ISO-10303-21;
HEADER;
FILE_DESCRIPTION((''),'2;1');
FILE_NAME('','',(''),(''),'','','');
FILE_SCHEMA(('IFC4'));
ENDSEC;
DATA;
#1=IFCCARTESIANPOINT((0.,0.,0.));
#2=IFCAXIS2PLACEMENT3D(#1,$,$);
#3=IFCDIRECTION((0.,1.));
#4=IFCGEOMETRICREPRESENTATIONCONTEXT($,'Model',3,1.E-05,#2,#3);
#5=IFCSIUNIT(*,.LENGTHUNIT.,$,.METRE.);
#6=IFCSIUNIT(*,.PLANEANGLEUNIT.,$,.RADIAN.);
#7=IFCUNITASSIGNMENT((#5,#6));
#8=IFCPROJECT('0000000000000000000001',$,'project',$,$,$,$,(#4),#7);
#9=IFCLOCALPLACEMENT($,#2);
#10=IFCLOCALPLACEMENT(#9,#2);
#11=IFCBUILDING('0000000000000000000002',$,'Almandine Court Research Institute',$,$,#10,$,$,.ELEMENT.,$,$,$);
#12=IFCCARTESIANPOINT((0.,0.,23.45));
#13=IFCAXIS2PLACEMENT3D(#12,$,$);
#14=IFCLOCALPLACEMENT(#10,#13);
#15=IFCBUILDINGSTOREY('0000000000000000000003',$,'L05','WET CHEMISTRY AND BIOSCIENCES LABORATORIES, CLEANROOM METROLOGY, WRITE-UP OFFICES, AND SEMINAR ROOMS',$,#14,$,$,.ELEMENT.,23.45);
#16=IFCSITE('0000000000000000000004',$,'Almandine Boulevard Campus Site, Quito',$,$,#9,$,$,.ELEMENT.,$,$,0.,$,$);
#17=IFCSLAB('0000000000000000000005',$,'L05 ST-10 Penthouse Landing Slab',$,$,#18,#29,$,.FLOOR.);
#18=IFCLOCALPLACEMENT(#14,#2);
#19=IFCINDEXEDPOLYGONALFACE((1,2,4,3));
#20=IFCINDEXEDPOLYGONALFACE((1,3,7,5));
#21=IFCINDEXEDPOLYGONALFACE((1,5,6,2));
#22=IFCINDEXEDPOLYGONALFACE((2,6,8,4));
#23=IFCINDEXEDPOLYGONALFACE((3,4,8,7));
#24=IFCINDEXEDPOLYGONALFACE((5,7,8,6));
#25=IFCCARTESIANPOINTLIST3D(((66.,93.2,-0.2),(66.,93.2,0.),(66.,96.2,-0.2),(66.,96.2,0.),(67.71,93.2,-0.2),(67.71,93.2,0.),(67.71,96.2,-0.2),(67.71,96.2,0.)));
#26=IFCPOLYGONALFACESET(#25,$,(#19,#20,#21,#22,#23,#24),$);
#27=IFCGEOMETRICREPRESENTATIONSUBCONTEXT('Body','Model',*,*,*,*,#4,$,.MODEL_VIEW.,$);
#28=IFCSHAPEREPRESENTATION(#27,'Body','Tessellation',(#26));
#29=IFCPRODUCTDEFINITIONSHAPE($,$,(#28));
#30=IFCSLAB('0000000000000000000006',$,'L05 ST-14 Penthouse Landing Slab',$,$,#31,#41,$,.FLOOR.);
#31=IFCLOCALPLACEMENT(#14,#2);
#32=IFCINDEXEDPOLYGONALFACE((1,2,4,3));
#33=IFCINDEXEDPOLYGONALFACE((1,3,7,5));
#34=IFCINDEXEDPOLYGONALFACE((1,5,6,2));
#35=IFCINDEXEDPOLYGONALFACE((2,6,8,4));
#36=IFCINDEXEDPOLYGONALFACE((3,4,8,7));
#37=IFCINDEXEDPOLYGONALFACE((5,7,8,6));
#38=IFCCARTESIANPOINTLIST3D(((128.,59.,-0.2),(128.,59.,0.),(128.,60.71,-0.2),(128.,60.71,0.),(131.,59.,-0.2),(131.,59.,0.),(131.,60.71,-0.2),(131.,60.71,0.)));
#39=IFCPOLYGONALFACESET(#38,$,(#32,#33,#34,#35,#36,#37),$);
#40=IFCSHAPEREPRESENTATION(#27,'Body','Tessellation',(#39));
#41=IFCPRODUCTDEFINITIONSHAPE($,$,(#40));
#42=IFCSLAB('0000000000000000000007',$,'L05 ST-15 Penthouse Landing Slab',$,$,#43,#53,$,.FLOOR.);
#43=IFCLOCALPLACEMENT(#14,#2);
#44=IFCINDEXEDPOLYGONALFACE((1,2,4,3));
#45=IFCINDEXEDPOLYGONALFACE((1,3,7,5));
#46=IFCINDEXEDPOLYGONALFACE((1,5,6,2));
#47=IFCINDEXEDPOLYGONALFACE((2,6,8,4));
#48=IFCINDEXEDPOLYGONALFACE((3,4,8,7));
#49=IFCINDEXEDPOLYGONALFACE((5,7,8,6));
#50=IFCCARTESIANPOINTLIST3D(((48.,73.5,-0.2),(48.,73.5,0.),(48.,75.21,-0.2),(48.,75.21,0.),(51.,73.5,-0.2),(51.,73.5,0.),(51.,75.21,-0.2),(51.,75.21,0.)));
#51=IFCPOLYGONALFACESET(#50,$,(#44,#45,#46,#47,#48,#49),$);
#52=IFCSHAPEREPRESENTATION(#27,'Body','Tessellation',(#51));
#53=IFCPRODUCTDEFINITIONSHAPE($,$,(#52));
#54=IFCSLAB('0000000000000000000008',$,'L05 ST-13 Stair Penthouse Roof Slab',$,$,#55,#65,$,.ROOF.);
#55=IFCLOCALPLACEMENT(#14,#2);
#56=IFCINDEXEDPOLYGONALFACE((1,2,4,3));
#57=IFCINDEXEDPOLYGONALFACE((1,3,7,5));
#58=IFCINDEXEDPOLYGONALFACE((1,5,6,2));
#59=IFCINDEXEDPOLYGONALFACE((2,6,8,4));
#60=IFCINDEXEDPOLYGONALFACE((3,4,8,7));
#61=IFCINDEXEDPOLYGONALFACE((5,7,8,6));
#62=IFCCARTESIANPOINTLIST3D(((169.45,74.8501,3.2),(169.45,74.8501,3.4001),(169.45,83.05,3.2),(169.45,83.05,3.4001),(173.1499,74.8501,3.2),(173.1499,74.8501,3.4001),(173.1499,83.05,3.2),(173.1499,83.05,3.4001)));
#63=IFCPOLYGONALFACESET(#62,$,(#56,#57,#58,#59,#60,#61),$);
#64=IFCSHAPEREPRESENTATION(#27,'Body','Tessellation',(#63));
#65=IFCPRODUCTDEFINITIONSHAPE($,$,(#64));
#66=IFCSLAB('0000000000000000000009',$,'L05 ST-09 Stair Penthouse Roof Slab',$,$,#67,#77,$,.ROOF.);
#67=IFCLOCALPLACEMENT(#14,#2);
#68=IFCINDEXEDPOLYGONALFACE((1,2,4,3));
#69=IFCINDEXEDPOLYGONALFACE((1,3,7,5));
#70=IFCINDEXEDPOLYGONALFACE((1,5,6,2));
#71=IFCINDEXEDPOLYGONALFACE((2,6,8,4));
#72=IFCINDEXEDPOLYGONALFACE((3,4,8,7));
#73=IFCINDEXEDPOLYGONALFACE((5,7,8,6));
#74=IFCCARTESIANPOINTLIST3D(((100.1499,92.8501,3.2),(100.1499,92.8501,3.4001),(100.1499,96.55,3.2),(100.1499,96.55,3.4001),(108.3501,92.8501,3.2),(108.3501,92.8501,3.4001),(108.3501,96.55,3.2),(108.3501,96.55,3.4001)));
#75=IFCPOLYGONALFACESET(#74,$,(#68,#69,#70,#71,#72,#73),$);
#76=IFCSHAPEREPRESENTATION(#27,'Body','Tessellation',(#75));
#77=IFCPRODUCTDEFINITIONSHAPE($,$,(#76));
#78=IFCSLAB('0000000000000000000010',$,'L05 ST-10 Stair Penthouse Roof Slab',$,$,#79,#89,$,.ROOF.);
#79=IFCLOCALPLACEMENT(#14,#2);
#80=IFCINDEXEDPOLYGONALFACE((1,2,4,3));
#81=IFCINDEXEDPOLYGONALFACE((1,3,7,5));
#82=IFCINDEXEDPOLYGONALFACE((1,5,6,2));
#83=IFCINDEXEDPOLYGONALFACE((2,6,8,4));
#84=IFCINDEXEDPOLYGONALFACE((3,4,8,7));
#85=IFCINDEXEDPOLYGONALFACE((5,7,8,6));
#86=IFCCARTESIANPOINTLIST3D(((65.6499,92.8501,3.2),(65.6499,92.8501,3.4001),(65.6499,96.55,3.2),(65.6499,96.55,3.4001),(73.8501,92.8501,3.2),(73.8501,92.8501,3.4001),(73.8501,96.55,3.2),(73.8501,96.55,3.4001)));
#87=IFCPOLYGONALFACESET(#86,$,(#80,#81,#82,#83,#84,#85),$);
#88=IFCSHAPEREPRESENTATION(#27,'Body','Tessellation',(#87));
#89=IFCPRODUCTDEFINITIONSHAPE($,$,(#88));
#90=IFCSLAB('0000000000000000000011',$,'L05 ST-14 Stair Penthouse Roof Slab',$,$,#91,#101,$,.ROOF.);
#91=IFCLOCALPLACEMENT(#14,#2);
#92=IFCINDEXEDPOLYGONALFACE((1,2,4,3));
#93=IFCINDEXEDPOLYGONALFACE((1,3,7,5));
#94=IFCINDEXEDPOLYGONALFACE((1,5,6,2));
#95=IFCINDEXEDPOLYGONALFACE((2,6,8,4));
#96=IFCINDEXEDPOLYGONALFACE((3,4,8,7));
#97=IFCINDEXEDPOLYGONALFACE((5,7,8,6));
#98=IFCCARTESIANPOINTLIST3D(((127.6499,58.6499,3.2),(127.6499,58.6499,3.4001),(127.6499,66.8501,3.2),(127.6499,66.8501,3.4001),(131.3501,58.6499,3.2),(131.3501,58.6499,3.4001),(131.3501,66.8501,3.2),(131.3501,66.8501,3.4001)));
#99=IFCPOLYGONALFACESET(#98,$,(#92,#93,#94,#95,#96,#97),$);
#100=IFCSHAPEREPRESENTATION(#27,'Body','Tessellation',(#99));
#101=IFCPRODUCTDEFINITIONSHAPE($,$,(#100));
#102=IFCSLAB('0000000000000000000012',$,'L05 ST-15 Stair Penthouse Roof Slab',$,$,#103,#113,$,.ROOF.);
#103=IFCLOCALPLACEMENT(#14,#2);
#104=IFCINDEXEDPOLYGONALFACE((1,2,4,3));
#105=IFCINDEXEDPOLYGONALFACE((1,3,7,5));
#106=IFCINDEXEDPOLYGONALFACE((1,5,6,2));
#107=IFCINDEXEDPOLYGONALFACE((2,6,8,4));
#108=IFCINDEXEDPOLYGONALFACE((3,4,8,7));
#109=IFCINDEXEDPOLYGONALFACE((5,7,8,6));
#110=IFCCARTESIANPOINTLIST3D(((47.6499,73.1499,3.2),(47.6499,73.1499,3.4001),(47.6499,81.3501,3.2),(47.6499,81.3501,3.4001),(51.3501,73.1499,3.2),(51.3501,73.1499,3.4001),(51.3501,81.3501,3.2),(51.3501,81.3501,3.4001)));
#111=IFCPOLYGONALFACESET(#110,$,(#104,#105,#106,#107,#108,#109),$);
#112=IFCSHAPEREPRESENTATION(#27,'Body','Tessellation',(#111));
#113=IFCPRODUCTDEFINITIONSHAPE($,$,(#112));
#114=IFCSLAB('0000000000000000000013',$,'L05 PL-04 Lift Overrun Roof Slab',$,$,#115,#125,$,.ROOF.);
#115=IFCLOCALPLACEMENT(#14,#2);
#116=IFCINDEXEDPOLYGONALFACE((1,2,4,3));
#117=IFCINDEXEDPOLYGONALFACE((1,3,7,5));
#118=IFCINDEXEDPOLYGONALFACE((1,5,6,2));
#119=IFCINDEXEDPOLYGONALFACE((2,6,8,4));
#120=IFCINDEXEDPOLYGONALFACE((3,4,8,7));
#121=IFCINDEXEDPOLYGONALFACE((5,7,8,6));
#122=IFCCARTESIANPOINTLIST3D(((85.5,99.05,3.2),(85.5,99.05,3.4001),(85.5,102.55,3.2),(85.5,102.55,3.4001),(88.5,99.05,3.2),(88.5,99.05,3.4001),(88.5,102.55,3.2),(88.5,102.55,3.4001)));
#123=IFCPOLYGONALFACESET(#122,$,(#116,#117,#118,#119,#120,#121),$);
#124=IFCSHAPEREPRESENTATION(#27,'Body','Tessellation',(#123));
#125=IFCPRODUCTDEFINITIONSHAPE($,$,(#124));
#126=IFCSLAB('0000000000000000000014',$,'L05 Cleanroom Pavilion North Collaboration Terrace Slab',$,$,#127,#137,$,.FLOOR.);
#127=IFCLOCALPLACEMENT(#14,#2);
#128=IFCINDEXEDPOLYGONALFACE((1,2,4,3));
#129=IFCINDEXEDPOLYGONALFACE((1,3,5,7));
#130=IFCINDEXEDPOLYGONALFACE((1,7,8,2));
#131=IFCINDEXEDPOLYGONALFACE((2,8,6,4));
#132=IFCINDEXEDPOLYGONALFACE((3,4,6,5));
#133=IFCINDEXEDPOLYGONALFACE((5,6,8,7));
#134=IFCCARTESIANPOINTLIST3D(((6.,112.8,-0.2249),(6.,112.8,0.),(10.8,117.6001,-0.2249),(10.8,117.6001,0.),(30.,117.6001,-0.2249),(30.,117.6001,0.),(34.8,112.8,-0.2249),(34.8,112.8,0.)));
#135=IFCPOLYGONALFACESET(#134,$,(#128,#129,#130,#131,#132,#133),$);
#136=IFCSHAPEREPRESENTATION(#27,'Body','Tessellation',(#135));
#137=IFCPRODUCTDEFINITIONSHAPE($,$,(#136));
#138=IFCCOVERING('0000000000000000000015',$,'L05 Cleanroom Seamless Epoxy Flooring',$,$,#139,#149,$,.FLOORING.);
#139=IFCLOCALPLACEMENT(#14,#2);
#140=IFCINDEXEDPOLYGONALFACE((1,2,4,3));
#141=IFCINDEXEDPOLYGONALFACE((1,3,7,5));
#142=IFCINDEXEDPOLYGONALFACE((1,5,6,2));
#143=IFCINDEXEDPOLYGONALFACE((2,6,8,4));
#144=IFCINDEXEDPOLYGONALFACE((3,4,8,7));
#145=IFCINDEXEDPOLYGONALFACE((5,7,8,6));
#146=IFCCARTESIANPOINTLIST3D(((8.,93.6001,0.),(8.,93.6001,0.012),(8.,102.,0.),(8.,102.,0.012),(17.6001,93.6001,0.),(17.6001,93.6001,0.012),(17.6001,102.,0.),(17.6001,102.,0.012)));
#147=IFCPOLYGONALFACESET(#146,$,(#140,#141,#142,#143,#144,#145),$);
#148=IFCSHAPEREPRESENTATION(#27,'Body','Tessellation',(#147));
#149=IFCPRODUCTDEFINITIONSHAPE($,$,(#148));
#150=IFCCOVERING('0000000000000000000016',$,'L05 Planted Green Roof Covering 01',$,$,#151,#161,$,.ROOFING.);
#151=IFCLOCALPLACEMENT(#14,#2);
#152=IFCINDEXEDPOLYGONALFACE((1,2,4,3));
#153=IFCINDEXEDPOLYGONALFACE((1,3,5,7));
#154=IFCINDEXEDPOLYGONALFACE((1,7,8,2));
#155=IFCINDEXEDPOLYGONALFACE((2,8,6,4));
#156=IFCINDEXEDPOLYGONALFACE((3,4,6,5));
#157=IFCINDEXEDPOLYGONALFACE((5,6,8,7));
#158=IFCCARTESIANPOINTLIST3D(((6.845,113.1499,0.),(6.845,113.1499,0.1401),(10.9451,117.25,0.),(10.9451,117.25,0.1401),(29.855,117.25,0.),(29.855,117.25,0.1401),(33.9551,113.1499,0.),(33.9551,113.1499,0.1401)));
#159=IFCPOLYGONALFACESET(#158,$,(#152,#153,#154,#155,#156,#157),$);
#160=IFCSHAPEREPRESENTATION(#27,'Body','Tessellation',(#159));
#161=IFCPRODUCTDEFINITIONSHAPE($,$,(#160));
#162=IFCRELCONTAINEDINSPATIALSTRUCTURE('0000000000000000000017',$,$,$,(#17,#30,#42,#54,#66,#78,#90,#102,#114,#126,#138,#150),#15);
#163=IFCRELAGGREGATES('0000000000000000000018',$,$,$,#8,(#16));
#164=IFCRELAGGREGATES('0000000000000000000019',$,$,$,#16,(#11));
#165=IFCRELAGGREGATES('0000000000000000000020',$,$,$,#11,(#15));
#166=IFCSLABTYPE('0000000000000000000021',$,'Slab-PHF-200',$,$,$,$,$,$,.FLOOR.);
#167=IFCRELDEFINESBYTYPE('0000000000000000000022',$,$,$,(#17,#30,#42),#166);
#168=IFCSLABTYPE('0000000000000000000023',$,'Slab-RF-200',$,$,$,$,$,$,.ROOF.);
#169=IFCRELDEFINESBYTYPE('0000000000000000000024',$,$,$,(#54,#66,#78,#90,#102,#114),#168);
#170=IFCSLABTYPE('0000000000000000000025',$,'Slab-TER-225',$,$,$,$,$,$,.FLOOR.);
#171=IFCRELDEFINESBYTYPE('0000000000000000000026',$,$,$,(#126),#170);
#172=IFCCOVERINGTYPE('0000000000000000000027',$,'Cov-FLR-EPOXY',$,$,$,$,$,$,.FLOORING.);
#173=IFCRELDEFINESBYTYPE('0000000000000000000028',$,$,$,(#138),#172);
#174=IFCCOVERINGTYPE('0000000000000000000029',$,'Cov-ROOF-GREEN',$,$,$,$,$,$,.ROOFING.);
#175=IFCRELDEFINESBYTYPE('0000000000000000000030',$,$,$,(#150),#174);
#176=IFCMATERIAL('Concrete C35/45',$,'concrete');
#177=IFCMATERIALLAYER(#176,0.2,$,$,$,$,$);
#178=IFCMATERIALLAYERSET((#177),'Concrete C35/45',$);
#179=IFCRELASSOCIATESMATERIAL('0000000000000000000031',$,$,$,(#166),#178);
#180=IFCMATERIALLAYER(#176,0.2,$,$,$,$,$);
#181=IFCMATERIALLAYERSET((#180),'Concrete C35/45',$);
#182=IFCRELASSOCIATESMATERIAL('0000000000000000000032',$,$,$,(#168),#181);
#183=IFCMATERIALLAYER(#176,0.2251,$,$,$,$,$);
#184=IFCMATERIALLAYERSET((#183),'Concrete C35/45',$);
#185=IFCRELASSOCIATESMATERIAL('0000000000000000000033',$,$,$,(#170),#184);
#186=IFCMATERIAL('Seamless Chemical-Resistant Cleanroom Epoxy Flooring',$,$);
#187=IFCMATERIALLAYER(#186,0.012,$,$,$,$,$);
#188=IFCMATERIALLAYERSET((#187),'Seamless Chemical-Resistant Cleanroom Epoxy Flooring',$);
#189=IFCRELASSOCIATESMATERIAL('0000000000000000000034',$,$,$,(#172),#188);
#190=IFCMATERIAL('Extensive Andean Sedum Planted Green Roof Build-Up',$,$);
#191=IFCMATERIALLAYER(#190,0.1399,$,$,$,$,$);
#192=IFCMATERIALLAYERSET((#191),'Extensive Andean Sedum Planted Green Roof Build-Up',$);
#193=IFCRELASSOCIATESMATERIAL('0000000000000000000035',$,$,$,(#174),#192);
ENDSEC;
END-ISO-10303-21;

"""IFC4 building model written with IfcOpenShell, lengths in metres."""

from ifc_helpers import new_model, si_unit, direction, frame, origin, place, context, subcontext, project, spatial, polyline, outline, extrude, material, layer, layer_set, type_object, element, save


model = new_model("IFC4")

# Units and contexts
model_context = context("Model", 3, precision=1e-05, world=origin(), true_north=direction((0.0, 1.0)))
body_context = subcontext(model_context, "Body", "Model", "MODEL_VIEW")
ifc_project = project(units=[si_unit("LENGTHUNIT", "METRE"), si_unit("PLANEANGLEUNIT", "RADIAN")], contexts=[model_context])

# Site, building, storey
site_placement = place(None, origin())
site = spatial("IfcSite", under=ifc_project, at=site_placement, Name="Almandine Boulevard Campus Site, Quito", CompositionType="ELEMENT", RefElevation=0.0)
building_placement = place(site_placement, origin())
building = spatial("IfcBuilding", under=site, at=building_placement, Name="Almandine Court Research Institute", CompositionType="ELEMENT")
storey_placement = place(building_placement, frame((0.0, 0.0, 23.45)))
storey = spatial("IfcBuildingStorey", under=building, at=storey_placement, Name="L05", Description="WET CHEMISTRY AND BIOSCIENCES LABORATORIES, CLEANROOM METROLOGY, WRITE-UP OFFICES, AND SEMINAR ROOMS", CompositionType="ELEMENT", Elevation=23.45)

# Shared definitions
ifc_material_1 = material(Name="Concrete C35/45", Category="concrete")

# Slabs
ifc_layer_1 = layer(ifc_material_1, 0.2)
ifc_layer_set_1 = layer_set([ifc_layer_1], Name="Concrete C35/45")
slab_type_1 = type_object("IfcSlabType", Name="Slab-PHF-200", PredefinedType="FLOOR", material=ifc_layer_set_1)
slab_1_placement = place(storey_placement, frame((0.0, 0.0, -0.2)))
element("IfcSlab", 1, at=slab_1_placement, inside=storey, type_object=slab_type_1, Name="L05 ST-10 Penthouse Landing Slab", PredefinedType="FLOOR", context=body_context, shape_type="SweptSolid", body=[
    extrude(outline(polyline([(66.0, 93.2), (67.71, 93.2), (67.71, 96.2), (66.0, 96.2), (66.0, 93.2)])), origin(), (0.0, 0.0, 1.0), 0.2),
])
slab_2_placement = place(storey_placement, frame((0.0, 0.0, -0.2)))
element("IfcSlab", 2, at=slab_2_placement, inside=storey, type_object=slab_type_1, Name="L05 ST-14 Penthouse Landing Slab", PredefinedType="FLOOR", context=body_context, shape_type="SweptSolid", body=[
    extrude(outline(polyline([(131.0, 59.0), (131.0, 60.71), (128.0, 60.71), (128.0, 59.0), (131.0, 59.0)])), origin(), (0.0, 0.0, 1.0), 0.2),
])
slab_3_placement = place(storey_placement, frame((0.0, 0.0, -0.2)))
element("IfcSlab", 3, at=slab_3_placement, inside=storey, type_object=slab_type_1, Name="L05 ST-15 Penthouse Landing Slab", PredefinedType="FLOOR", context=body_context, shape_type="SweptSolid", body=[
    extrude(outline(polyline([(51.0, 73.5), (51.0, 75.21), (48.0, 75.21), (48.0, 73.5), (51.0, 73.5)])), origin(), (0.0, 0.0, 1.0), 0.2),
])
ifc_layer_2 = layer(ifc_material_1, 0.2)
ifc_layer_set_2 = layer_set([ifc_layer_2], Name="Concrete C35/45")
slab_type_2 = type_object("IfcSlabType", Name="Slab-RF-200", PredefinedType="ROOF", material=ifc_layer_set_2)
slab_4_placement = place(storey_placement, frame((0.0, 0.0, 3.2)))
element("IfcSlab", 4, at=slab_4_placement, inside=storey, type_object=slab_type_2, Name="L05 ST-13 Stair Penthouse Roof Slab", PredefinedType="ROOF", context=body_context, shape_type="SweptSolid", body=[
    extrude(outline(polyline([(169.45, 74.8501), (173.1499, 74.8501), (173.1499, 83.05), (169.45, 83.05), (169.45, 74.8501)])), origin(), (0.0, 0.0, 1.0), 0.2002),
])
slab_5_placement = place(storey_placement, frame((0.0, 0.0, 3.2)))
element("IfcSlab", 5, at=slab_5_placement, inside=storey, type_object=slab_type_2, Name="L05 ST-09 Stair Penthouse Roof Slab", PredefinedType="ROOF", context=body_context, shape_type="SweptSolid", body=[
    extrude(outline(polyline([(100.1499, 92.8501), (108.3501, 92.8501), (108.3501, 96.55), (100.1499, 96.55), (100.1499, 92.8501)])), origin(), (0.0, 0.0, 1.0), 0.2002),
])
slab_6_placement = place(storey_placement, frame((0.0, 0.0, 3.2)))
element("IfcSlab", 6, at=slab_6_placement, inside=storey, type_object=slab_type_2, Name="L05 ST-10 Stair Penthouse Roof Slab", PredefinedType="ROOF", context=body_context, shape_type="SweptSolid", body=[
    extrude(outline(polyline([(65.6499, 92.8501), (73.8501, 92.8501), (73.8501, 96.55), (65.6499, 96.55), (65.6499, 92.8501)])), origin(), (0.0, 0.0, 1.0), 0.2002),
])
slab_7_placement = place(storey_placement, frame((0.0, 0.0, 3.2)))
element("IfcSlab", 7, at=slab_7_placement, inside=storey, type_object=slab_type_2, Name="L05 ST-14 Stair Penthouse Roof Slab", PredefinedType="ROOF", context=body_context, shape_type="SweptSolid", body=[
    extrude(outline(polyline([(127.6499, 58.6499), (131.3501, 58.6499), (131.3501, 66.8501), (127.6499, 66.8501), (127.6499, 58.6499)])), origin(), (0.0, 0.0, 1.0), 0.2002),
])
slab_8_placement = place(storey_placement, frame((0.0, 0.0, 3.2)))
element("IfcSlab", 8, at=slab_8_placement, inside=storey, type_object=slab_type_2, Name="L05 ST-15 Stair Penthouse Roof Slab", PredefinedType="ROOF", context=body_context, shape_type="SweptSolid", body=[
    extrude(outline(polyline([(47.6499, 73.1499), (51.3501, 73.1499), (51.3501, 81.3501), (47.6499, 81.3501), (47.6499, 73.1499)])), origin(), (0.0, 0.0, 1.0), 0.2002),
])
slab_9_placement = place(storey_placement, frame((0.0, 0.0, 3.2)))
element("IfcSlab", 9, at=slab_9_placement, inside=storey, type_object=slab_type_2, Name="L05 PL-04 Lift Overrun Roof Slab", PredefinedType="ROOF", context=body_context, shape_type="SweptSolid", body=[
    extrude(outline(polyline([(85.5, 99.05), (88.5, 99.05), (88.5, 102.55), (85.5, 102.55), (85.5, 99.05)])), origin(), (0.0, 0.0, 1.0), 0.2002),
])
ifc_layer_3 = layer(ifc_material_1, 0.2251)
ifc_layer_set_3 = layer_set([ifc_layer_3], Name="Concrete C35/45")
slab_type_3 = type_object("IfcSlabType", Name="Slab-TER-225", PredefinedType="FLOOR", material=ifc_layer_set_3)
slab_10_placement = place(storey_placement, frame((0.0, 0.0, -0.2249)))
element("IfcSlab", 10, at=slab_10_placement, inside=storey, type_object=slab_type_3, Name="L05 Cleanroom Pavilion North Collaboration Terrace Slab", PredefinedType="FLOOR", context=body_context, shape_type="SweptSolid", body=[
    extrude(outline(polyline([(6.0, 112.8), (34.8, 112.8), (30.0, 117.6001), (10.8, 117.6001), (6.0, 112.8)])), origin(), (0.0, 0.0, 1.0), 0.2249),
])

# Coverings
ifc_material_2 = material(Name="Seamless Chemical-Resistant Cleanroom Epoxy Flooring")
ifc_layer_4 = layer(ifc_material_2, 0.012)
ifc_layer_set_4 = layer_set([ifc_layer_4], Name="Seamless Chemical-Resistant Cleanroom Epoxy Flooring")
covering_type_1 = type_object("IfcCoveringType", Name="Cov-FLR-EPOXY", PredefinedType="FLOORING", material=ifc_layer_set_4)
covering_1_placement = place(storey_placement, origin())
element("IfcCovering", 11, at=covering_1_placement, inside=storey, type_object=covering_type_1, Name="L05 Cleanroom Seamless Epoxy Flooring", PredefinedType="FLOORING", context=body_context, shape_type="SweptSolid", body=[
    extrude(outline(polyline([(8.0, 93.6001), (17.6001, 93.6001), (17.6001, 102.0), (8.0, 102.0), (8.0, 93.6001)])), origin(), (0.0, 0.0, 1.0), 0.012),
])
ifc_material_3 = material(Name="Extensive Andean Sedum Planted Green Roof Build-Up")
ifc_layer_5 = layer(ifc_material_3, 0.1399)
ifc_layer_set_5 = layer_set([ifc_layer_5], Name="Extensive Andean Sedum Planted Green Roof Build-Up")
covering_type_2 = type_object("IfcCoveringType", Name="Cov-ROOF-GREEN", PredefinedType="ROOFING", material=ifc_layer_set_5)
covering_2_placement = place(storey_placement, origin())
element("IfcCovering", 12, at=covering_2_placement, inside=storey, type_object=covering_type_2, Name="L05 Planted Green Roof Covering 01", PredefinedType="ROOFING", context=body_context, shape_type="SweptSolid", body=[
    extrude(outline(polyline([(6.845, 113.1499), (10.9451, 117.25), (29.855, 117.25), (33.9551, 113.1499), (6.845, 113.1499)])), origin(), (0.0, 0.0, 1.0), 0.1401),
])

save(model, "model.ifc")
